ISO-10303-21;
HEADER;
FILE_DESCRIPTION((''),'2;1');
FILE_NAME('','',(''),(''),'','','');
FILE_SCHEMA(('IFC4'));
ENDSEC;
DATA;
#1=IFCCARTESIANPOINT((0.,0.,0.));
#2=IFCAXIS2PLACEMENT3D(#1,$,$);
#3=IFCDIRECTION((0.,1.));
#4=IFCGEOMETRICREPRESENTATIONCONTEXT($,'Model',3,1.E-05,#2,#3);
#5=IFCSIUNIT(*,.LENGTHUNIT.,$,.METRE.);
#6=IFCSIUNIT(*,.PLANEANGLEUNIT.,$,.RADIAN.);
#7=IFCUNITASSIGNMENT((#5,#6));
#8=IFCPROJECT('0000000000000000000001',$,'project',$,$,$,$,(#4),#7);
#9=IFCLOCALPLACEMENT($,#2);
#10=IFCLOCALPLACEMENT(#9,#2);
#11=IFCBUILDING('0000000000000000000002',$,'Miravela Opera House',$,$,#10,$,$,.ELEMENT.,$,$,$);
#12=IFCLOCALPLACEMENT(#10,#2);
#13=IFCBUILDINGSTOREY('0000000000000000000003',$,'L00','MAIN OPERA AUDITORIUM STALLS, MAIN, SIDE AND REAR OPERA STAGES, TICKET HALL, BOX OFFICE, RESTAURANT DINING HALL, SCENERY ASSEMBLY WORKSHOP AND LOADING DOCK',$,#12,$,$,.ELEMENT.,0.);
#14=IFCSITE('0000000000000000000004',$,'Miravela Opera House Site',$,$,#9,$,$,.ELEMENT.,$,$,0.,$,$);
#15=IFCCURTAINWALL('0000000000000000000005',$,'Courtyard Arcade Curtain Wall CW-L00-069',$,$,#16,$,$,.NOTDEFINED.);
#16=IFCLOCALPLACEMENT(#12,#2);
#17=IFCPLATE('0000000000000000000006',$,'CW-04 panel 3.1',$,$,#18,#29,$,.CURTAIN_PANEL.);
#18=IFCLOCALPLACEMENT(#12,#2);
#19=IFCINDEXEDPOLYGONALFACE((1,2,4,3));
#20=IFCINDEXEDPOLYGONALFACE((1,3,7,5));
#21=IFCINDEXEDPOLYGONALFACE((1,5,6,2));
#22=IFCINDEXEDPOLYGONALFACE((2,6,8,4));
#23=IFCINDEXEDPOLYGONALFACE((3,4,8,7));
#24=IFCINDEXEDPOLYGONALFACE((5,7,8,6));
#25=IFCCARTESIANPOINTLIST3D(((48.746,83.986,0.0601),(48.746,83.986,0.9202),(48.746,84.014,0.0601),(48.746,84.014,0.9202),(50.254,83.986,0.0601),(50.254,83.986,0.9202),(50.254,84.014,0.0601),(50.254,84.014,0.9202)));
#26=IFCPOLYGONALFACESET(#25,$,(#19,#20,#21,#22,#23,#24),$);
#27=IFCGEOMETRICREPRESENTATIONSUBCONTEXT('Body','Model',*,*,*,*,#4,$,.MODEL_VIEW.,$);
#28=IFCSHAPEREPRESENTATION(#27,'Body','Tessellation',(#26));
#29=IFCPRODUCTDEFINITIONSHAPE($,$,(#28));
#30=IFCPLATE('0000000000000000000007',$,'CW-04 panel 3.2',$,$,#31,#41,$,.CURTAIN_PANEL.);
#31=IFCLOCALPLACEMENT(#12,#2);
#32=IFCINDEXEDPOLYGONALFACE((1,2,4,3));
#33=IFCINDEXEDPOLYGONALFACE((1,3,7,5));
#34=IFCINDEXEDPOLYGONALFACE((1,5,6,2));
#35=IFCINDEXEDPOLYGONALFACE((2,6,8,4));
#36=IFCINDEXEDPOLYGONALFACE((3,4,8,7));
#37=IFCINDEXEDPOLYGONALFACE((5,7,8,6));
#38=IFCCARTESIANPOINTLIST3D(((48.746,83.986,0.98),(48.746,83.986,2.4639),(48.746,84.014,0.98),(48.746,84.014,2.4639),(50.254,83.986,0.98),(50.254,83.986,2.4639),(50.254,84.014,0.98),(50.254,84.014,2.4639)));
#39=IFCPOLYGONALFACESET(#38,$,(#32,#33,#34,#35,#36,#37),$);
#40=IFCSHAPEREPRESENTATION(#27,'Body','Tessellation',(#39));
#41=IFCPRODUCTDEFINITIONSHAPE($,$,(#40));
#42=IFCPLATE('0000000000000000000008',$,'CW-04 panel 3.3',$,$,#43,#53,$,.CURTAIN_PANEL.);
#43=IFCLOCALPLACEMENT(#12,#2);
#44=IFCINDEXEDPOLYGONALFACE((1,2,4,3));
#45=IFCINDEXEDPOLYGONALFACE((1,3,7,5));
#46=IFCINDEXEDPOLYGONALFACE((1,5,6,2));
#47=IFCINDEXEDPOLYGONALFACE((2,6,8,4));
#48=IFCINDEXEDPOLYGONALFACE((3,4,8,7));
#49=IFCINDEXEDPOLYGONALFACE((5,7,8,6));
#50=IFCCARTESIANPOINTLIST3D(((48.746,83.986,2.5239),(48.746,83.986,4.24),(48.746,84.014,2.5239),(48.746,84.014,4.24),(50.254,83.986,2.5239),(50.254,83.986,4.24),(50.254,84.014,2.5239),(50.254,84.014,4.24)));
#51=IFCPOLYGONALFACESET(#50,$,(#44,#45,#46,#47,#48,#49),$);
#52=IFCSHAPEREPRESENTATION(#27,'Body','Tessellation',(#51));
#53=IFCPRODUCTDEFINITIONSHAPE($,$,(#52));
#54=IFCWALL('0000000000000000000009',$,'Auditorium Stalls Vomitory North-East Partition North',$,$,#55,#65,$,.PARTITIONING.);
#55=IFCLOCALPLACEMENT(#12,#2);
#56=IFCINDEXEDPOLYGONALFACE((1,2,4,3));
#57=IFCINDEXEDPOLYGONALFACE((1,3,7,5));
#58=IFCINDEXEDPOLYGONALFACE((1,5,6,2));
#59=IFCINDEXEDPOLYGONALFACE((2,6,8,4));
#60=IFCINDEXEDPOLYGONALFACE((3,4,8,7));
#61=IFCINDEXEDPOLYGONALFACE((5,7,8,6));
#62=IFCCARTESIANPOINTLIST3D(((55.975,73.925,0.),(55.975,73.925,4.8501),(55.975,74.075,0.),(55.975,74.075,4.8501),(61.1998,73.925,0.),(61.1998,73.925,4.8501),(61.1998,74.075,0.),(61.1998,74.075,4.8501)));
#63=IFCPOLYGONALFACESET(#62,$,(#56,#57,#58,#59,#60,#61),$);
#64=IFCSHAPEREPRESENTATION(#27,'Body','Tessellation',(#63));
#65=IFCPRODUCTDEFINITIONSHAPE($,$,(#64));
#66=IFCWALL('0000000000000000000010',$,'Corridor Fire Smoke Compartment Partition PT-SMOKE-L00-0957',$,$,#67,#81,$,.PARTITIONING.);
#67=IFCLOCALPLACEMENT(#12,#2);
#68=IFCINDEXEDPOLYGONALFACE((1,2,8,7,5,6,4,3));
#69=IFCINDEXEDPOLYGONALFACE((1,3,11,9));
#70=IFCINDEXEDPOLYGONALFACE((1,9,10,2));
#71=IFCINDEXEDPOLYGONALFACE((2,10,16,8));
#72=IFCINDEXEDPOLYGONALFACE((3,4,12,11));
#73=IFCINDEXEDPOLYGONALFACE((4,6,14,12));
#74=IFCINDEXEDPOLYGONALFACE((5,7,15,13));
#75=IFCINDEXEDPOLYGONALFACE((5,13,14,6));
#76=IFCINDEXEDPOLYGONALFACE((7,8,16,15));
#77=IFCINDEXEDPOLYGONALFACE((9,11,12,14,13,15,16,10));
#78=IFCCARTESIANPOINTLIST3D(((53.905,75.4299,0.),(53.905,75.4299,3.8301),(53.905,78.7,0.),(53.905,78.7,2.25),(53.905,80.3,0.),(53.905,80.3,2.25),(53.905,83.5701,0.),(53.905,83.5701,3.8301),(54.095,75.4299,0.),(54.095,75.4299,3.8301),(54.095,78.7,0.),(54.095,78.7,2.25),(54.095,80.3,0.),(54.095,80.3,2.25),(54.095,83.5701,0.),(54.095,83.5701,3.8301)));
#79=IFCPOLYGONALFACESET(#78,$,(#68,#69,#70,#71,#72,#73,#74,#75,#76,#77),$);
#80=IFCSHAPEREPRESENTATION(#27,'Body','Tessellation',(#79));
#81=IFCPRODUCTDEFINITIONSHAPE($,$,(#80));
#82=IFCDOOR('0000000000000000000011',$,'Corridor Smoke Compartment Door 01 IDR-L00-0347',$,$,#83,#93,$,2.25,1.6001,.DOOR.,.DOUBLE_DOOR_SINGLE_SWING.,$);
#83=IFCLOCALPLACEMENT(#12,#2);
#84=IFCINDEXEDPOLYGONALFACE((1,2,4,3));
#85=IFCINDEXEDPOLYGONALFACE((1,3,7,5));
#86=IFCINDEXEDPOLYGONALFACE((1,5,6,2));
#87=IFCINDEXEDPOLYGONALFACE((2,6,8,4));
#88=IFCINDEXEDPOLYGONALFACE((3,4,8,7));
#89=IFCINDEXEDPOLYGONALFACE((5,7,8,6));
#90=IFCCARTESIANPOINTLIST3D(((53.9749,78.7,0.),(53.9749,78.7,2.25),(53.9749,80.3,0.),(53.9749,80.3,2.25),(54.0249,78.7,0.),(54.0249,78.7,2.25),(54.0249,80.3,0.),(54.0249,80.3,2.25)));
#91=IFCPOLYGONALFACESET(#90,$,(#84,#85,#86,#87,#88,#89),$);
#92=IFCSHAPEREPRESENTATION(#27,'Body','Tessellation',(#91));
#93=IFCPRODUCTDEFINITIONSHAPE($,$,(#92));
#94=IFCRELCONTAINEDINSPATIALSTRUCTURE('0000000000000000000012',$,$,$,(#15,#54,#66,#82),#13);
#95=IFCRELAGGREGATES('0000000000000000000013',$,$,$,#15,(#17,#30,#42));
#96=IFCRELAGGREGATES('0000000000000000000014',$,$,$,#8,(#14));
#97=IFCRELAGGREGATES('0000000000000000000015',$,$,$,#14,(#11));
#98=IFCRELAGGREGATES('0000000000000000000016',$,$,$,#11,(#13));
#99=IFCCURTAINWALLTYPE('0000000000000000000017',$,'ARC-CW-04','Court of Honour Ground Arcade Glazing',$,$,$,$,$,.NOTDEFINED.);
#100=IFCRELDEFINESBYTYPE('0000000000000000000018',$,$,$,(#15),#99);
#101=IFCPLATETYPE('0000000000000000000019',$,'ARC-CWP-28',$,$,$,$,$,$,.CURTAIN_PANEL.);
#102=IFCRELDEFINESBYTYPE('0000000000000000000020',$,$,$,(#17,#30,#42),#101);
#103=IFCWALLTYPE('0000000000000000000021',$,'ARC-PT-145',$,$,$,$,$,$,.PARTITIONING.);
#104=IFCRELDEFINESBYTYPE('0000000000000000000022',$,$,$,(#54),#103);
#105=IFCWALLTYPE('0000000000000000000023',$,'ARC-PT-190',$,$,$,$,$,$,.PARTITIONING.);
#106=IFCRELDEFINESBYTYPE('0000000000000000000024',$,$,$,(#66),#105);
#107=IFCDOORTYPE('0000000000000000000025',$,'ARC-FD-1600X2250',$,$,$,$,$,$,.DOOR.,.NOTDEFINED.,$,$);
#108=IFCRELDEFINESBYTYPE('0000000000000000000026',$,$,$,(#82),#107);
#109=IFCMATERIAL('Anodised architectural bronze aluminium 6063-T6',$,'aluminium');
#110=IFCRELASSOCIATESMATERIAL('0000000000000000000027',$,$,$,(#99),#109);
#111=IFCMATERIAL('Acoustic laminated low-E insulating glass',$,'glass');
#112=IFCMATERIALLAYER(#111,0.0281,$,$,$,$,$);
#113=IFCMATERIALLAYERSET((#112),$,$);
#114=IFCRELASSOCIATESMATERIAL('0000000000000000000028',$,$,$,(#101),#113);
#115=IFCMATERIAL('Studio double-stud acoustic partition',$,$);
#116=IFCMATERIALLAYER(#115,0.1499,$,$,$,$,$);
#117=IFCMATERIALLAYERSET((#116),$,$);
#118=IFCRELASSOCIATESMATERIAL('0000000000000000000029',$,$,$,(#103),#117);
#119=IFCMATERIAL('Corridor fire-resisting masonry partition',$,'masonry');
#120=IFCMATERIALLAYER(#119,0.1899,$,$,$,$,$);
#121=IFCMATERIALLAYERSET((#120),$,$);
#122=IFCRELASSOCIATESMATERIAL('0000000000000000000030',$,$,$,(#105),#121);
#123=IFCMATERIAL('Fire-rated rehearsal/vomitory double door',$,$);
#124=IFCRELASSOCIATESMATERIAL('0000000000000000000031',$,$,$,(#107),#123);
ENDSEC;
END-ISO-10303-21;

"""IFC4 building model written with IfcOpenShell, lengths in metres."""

from ifc_helpers import new_model, si_unit, direction, frame, frame_2d, origin, origin_2d, place, context, subcontext, project, spatial, rectangle, extrude, material, layer, layer_set, type_object, element, fill, aggregate, save


model = new_model("IFC4")

# Units and contexts
model_context = context("Model", 3, precision=1e-05, world=origin(), true_north=direction((0.0, 1.0)))
body_context = subcontext(model_context, "Body", "Model", "MODEL_VIEW")
ifc_project = project(units=[si_unit("LENGTHUNIT", "METRE"), si_unit("PLANEANGLEUNIT", "RADIAN")], contexts=[model_context])

# Site, building, storey
site_placement = place(None, origin())
site = spatial("IfcSite", under=ifc_project, at=site_placement, Name="Miravela Opera House Site", CompositionType="ELEMENT", RefElevation=0.0)
building_placement = place(site_placement, origin())
building = spatial("IfcBuilding", under=site, at=building_placement, Name="Miravela Opera House", CompositionType="ELEMENT")
storey_placement = place(building_placement, origin())
storey = spatial("IfcBuildingStorey", under=building, at=storey_placement, Name="L00", Description="MAIN OPERA AUDITORIUM STALLS, MAIN, SIDE AND REAR OPERA STAGES, TICKET HALL, BOX OFFICE, RESTAURANT DINING HALL, SCENERY ASSEMBLY WORKSHOP AND LOADING DOCK", CompositionType="ELEMENT", Elevation=0.0)

# Curtain wall
ifc_material_1 = material(Name="Anodised architectural bronze aluminium 6063-T6", Category="aluminium")
curtain_wall_type = type_object("IfcCurtainWallType", Name="ARC-CW-04", Description="Court of Honour Ground Arcade Glazing", PredefinedType="NOTDEFINED", material=ifc_material_1)
curtain_wall_placement = place(storey_placement, origin())
curtain_wall = element("IfcCurtainWall", 1, at=curtain_wall_placement, inside=storey, type_object=curtain_wall_type, Name="Courtyard Arcade Curtain Wall CW-L00-069", PredefinedType="NOTDEFINED")

# Plates
ifc_material_2 = material(Name="Acoustic laminated low-E insulating glass", Category="glass")
ifc_layer_1 = layer(ifc_material_2, 0.0281)
ifc_layer_set_1 = layer_set([ifc_layer_1])
plate_type = type_object("IfcPlateType", Name="ARC-CWP-28", PredefinedType="CURTAIN_PANEL", material=ifc_layer_set_1)
plate_1_placement = place(storey_placement, frame((49.5, 84.0, 0.0601), z_axis=(0.0, 0.0, 1.0), x_axis=(1.0, 0.0, 0.0)))
plate_1 = element("IfcPlate", 2, at=plate_1_placement, type_object=plate_type, Name="CW-04 panel 3.1", PredefinedType="CURTAIN_PANEL", context=body_context, shape_type="SweptSolid", body=[
    extrude(rectangle(XDim=1.5081, YDim=0.0281, at=origin_2d()), origin(), (0.0, 0.0, 1.0), 0.8601),
])
plate_2_placement = place(storey_placement, frame((49.5, 84.0, 0.98), z_axis=(0.0, 0.0, 1.0), x_axis=(1.0, 0.0, 0.0)))
plate_2 = element("IfcPlate", 3, at=plate_2_placement, type_object=plate_type, Name="CW-04 panel 3.2", PredefinedType="CURTAIN_PANEL", context=body_context, shape_type="SweptSolid", body=[
    extrude(rectangle(XDim=1.5081, YDim=0.0281, at=origin_2d()), origin(), (0.0, 0.0, 1.0), 1.4839),
])
plate_3_placement = place(storey_placement, frame((49.5, 84.0, 2.5239), z_axis=(0.0, 0.0, 1.0), x_axis=(1.0, 0.0, 0.0)))
plate_3 = element("IfcPlate", 4, at=plate_3_placement, type_object=plate_type, Name="CW-04 panel 3.3", PredefinedType="CURTAIN_PANEL", context=body_context, shape_type="SweptSolid", body=[
    extrude(rectangle(XDim=1.5081, YDim=0.0281, at=origin_2d()), origin(), (0.0, 0.0, 1.0), 1.7161),
])
aggregate(curtain_wall, [plate_1, plate_2, plate_3])

# Wall
ifc_material_3 = material(Name="Studio double-stud acoustic partition")
ifc_layer_2 = layer(ifc_material_3, 0.1499)
ifc_layer_set_2 = layer_set([ifc_layer_2])
wall_type_1 = type_object("IfcWallType", Name="ARC-PT-145", PredefinedType="PARTITIONING", material=ifc_layer_set_2)
wall_1_placement = place(storey_placement, frame((55.9751, 74.0, 0.0), z_axis=(0.0, 0.0, 1.0), x_axis=(1.0, 0.0, 0.0)))
element("IfcWall", 5, at=wall_1_placement, inside=storey, type_object=wall_type_1, Name="Auditorium Stalls Vomitory North-East Partition North", PredefinedType="PARTITIONING", context=body_context, shape_type="SweptSolid", body=[
    extrude(rectangle(XDim=5.2249, YDim=0.1499, at=frame_2d((2.6123, 0.0))), origin(), (0.0, 0.0, 1.0), 4.8501),
])

# Wall, opening, door
ifc_material_4 = material(Name="Corridor fire-resisting masonry partition", Category="masonry")
ifc_layer_3 = layer(ifc_material_4, 0.1899)
ifc_layer_set_3 = layer_set([ifc_layer_3])
wall_type_2 = type_object("IfcWallType", Name="ARC-PT-190", PredefinedType="PARTITIONING", material=ifc_layer_set_3)
wall_2_placement = place(storey_placement, frame((54.0, 75.4299, 0.0), z_axis=(0.0, 0.0, 1.0), x_axis=(0.0, 1.0, 0.0)))
wall_2 = element("IfcWall", 6, at=wall_2_placement, inside=storey, type_object=wall_type_2, Name="Corridor Fire Smoke Compartment Partition PT-SMOKE-L00-0957", PredefinedType="PARTITIONING", context=body_context, shape_type="SweptSolid", body=[
    extrude(rectangle(XDim=8.1401, YDim=0.1899, at=frame_2d((4.0701, 0.0))), origin(), (0.0, 0.0, 1.0), 3.8301),
])
opening_placement = place(wall_2_placement, frame((3.27, 0.0, 0.0)))
opening = element("IfcOpeningElement", 7, at=opening_placement, cuts=wall_2, PredefinedType="OPENING", context=body_context, shape_type="SweptSolid", body=[
    extrude(rectangle(XDim=1.6001, YDim=2.25, at=frame_2d((0.8, 1.125))), frame((0.0, 0.105, 0.0), z_axis=(0.0, -1.0, 0.0), x_axis=(1.0, 0.0, 0.0)), (0.0, 0.0, 1.0), 0.21),
])
ifc_material_5 = material(Name="Fire-rated rehearsal/vomitory double door")
door_type = type_object("IfcDoorType", Name="ARC-FD-1600X2250", OperationType="NOTDEFINED", PredefinedType="DOOR", material=ifc_material_5)
door_placement = place(opening_placement, frame((1.6001, 0.0, 0.0), z_axis=(0.0, 0.0, 1.0), x_axis=(-1.0, 0.0, 0.0)))
door = element("IfcDoor", 8, at=door_placement, inside=storey, type_object=door_type, Name="Corridor Smoke Compartment Door 01 IDR-L00-0347", OperationType="DOUBLE_DOOR_SINGLE_SWING", OverallHeight=2.25, OverallWidth=1.6001, PredefinedType="DOOR", context=body_context, shape_type="SweptSolid", body=[
    extrude(rectangle(XDim=1.6001, YDim=2.25, at=frame_2d((0.8, 1.125))), frame((0.0, 0.0249, 0.0), z_axis=(0.0, -1.0, 0.0), x_axis=(1.0, 0.0, 0.0)), (0.0, 0.0, 1.0), 0.05),
])
fill(opening, door)

save(model, "model.ifc")
